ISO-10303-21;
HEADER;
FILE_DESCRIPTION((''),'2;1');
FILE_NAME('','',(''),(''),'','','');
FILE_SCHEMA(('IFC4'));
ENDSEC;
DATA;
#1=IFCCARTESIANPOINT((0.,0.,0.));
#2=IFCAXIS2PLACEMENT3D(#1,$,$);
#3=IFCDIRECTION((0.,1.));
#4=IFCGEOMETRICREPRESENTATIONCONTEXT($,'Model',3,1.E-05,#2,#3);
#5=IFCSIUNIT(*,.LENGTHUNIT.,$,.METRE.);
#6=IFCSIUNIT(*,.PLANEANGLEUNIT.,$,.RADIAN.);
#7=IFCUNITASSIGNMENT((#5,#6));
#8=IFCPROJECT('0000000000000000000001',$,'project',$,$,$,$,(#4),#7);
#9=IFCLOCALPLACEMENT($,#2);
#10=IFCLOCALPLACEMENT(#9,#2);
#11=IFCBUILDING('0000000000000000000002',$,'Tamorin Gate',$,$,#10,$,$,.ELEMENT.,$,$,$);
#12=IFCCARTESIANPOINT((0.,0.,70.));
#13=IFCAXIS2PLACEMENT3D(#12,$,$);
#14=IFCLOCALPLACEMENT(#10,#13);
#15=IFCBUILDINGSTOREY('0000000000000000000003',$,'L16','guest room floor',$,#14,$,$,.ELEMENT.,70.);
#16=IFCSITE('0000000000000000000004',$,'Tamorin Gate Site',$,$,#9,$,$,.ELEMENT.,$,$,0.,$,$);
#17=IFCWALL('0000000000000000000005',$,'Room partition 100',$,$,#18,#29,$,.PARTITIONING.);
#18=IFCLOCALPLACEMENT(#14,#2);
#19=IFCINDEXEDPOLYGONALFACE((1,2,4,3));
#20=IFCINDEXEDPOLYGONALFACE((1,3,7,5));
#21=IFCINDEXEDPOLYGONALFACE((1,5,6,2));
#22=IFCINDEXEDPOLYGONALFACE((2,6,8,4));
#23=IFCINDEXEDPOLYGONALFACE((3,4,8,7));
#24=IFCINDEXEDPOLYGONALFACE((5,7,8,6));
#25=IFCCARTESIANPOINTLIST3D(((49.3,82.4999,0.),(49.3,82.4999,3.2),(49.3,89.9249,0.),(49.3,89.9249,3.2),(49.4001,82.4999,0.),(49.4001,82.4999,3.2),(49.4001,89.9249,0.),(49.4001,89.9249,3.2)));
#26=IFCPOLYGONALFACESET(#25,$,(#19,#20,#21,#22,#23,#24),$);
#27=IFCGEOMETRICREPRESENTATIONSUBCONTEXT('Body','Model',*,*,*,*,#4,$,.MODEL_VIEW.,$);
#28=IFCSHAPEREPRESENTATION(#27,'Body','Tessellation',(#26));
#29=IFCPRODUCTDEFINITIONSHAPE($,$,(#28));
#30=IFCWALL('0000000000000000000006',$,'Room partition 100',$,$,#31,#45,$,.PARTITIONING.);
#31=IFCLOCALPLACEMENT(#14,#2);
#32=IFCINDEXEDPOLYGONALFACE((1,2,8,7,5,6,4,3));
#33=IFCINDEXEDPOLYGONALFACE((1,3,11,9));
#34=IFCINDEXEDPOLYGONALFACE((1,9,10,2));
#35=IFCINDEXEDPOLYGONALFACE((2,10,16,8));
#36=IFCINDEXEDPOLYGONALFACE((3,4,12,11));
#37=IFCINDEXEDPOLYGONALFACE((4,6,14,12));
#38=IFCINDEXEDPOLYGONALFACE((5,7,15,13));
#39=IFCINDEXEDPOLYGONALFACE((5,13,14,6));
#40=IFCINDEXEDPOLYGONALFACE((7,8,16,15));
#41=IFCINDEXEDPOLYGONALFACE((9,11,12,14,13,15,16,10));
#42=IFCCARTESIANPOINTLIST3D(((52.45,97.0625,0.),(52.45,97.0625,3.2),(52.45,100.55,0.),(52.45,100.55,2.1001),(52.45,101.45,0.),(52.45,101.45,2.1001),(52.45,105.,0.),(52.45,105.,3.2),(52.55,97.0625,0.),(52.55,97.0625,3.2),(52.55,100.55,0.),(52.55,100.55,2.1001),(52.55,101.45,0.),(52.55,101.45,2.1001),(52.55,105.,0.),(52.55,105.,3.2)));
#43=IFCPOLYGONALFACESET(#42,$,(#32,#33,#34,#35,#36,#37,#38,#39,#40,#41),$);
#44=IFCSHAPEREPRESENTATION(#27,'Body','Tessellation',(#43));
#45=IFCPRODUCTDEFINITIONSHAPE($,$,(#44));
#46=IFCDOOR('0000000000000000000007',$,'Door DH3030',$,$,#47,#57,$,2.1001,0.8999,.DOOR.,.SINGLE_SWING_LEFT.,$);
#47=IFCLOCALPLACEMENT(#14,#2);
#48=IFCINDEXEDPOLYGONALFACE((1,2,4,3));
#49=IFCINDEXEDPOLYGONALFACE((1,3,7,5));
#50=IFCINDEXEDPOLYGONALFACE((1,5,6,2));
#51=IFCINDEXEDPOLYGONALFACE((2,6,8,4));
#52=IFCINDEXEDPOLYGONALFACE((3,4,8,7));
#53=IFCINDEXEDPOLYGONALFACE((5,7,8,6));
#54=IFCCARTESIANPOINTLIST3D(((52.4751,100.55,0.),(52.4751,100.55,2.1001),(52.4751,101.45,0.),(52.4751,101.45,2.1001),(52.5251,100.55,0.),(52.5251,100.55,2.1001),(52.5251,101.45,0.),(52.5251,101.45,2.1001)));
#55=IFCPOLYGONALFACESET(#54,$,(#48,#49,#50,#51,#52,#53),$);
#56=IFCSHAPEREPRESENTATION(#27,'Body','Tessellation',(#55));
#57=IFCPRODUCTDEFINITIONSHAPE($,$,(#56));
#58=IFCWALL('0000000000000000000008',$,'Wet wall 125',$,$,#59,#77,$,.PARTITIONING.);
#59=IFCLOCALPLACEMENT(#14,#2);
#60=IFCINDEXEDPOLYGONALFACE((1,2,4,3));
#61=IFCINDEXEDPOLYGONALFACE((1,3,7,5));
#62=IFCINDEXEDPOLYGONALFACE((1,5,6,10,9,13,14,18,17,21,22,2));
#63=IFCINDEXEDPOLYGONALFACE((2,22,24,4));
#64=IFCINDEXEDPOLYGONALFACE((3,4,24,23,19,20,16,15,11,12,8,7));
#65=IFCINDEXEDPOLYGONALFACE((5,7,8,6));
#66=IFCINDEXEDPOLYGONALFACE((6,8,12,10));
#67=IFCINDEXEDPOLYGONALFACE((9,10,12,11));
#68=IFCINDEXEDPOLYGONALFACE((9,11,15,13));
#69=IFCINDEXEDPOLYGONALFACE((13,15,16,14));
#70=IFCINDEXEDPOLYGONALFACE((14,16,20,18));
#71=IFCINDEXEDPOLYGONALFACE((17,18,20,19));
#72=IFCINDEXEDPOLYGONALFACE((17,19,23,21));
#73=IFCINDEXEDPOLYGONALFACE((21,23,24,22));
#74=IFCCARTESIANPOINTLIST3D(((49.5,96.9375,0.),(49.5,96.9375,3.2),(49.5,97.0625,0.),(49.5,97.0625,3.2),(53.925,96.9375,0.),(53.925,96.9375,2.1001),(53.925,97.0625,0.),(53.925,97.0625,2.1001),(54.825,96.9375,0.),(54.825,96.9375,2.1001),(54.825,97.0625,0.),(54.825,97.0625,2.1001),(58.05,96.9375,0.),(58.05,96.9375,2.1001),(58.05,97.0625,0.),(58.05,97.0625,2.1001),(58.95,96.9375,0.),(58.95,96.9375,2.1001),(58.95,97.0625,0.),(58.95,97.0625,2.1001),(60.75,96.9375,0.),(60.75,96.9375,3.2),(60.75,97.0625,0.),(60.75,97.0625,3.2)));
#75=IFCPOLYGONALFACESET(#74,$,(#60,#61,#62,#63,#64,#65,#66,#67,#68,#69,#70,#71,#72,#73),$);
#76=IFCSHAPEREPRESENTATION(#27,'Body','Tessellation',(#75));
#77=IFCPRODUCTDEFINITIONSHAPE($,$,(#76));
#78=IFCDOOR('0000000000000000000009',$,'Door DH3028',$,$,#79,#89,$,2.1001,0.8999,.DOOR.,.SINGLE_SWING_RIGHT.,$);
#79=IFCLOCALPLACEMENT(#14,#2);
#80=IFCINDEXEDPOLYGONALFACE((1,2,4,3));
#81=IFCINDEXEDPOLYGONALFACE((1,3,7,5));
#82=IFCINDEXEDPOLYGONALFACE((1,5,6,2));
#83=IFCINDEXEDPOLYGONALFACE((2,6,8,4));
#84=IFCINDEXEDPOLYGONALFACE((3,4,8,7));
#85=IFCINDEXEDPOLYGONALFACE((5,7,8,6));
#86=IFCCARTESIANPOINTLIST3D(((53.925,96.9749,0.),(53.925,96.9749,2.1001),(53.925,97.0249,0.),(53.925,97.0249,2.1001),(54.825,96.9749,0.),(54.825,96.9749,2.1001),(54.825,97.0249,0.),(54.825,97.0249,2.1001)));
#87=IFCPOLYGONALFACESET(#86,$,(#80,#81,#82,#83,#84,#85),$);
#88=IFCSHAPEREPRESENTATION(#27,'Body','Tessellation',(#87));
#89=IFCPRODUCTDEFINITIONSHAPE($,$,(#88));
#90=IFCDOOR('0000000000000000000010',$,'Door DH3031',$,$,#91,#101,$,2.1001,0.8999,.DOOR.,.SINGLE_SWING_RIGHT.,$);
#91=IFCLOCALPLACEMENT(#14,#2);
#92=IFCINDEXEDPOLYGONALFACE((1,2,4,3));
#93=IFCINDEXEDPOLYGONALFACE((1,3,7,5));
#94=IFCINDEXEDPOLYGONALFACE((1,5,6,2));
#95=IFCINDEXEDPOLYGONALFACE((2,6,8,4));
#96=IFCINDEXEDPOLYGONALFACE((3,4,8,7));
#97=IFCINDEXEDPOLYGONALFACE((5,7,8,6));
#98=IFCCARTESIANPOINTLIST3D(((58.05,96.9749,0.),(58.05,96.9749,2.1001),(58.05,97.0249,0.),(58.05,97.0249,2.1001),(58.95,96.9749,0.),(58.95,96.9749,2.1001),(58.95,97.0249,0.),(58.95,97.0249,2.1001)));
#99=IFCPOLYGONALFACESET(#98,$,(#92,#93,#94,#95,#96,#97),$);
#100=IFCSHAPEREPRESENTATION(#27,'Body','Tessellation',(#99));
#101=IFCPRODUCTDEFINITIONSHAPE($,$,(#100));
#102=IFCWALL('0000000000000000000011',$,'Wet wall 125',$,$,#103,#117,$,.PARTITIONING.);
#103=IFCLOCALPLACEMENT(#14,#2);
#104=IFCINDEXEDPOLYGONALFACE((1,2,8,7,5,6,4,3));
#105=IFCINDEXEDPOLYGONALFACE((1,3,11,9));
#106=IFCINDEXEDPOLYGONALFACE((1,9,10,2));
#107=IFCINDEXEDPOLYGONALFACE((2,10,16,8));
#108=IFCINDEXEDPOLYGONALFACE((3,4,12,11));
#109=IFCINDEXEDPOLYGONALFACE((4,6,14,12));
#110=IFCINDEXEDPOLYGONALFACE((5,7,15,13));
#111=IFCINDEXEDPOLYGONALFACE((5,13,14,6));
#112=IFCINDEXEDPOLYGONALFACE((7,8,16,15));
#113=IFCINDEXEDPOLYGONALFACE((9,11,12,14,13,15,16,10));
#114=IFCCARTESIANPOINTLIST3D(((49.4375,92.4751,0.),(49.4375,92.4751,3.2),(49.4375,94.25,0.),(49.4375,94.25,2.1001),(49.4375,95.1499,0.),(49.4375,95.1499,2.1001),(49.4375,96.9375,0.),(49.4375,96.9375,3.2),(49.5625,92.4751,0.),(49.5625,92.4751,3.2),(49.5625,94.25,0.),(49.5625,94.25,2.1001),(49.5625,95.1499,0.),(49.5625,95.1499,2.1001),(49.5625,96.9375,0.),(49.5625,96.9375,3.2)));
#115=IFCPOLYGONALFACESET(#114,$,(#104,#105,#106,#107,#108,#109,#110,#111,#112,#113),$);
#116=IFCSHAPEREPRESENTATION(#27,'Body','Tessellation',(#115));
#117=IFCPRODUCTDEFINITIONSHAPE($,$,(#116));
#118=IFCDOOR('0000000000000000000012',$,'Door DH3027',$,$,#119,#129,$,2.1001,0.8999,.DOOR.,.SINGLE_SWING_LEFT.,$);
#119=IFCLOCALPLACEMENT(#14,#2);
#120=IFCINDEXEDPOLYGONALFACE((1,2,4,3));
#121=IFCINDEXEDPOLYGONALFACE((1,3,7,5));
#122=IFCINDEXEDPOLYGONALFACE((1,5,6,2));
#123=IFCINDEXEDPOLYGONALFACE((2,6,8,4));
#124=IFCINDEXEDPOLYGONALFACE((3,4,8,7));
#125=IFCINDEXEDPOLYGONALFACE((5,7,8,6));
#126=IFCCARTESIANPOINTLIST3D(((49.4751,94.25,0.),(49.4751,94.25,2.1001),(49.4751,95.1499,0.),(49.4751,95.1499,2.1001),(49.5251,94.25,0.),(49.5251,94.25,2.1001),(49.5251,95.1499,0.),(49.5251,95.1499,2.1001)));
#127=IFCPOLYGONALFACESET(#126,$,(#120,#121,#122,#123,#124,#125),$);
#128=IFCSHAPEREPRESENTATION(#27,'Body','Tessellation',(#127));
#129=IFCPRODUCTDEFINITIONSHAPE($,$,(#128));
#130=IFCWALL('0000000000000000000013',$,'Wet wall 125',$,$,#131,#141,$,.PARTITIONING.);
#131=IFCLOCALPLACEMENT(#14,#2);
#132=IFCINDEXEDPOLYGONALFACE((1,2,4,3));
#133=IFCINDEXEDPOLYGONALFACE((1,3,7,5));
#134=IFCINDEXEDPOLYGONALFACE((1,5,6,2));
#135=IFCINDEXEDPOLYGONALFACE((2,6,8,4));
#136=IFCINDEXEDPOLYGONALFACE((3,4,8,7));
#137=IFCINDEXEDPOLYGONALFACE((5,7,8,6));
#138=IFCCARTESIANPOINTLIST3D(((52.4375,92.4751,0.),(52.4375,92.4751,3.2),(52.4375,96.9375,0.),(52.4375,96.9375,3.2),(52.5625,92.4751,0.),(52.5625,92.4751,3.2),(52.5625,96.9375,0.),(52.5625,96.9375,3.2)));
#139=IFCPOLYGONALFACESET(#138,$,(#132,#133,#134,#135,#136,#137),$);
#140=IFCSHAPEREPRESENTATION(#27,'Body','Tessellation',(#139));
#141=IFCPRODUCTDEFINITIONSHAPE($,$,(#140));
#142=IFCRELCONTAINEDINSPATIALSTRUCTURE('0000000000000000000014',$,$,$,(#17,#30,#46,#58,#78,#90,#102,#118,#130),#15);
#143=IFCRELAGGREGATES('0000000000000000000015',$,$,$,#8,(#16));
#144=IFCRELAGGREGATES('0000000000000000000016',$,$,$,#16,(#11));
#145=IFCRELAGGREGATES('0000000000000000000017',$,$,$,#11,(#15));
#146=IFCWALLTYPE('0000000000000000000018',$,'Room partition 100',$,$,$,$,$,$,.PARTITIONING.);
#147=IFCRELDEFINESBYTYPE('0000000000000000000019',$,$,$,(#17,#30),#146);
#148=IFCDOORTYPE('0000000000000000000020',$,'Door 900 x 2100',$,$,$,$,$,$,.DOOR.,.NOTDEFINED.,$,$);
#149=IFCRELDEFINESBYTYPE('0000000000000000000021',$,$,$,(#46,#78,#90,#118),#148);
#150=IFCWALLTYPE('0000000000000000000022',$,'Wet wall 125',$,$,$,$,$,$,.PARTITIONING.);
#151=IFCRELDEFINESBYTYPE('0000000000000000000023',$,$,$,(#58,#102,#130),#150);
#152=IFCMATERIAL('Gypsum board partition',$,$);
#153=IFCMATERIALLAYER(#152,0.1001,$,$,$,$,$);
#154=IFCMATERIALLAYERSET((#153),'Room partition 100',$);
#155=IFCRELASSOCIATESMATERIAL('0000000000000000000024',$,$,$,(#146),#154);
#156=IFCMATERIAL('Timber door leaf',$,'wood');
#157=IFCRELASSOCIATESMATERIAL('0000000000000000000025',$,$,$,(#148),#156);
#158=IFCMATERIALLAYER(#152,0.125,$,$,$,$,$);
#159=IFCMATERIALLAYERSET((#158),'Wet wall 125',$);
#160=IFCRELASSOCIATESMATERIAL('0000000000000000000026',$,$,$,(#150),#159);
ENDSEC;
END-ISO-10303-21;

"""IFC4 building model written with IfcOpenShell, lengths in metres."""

from ifc_helpers import new_model, si_unit, direction, frame, frame_2d, origin, place, context, subcontext, project, spatial, rectangle, extrude, material, layer, layer_set, type_object, element, fill, save


model = new_model("IFC4")

# Units and contexts
model_context = context("Model", 3, precision=1e-05, world=origin(), true_north=direction((0.0, 1.0)))
body_context = subcontext(model_context, "Body", "Model", "MODEL_VIEW")
ifc_project = project(units=[si_unit("LENGTHUNIT", "METRE"), si_unit("PLANEANGLEUNIT", "RADIAN")], contexts=[model_context])

# Site, building, storey
site_placement = place(None, origin())
site = spatial("IfcSite", under=ifc_project, at=site_placement, Name="Tamorin Gate Site", CompositionType="ELEMENT", RefElevation=0.0)
building_placement = place(site_placement, origin())
building = spatial("IfcBuilding", under=site, at=building_placement, Name="Tamorin Gate", CompositionType="ELEMENT")
storey_placement = place(building_placement, frame((0.0, 0.0, 70.0)))
storey = spatial("IfcBuildingStorey", under=building, at=storey_placement, Name="L16", Description="guest room floor", CompositionType="ELEMENT", Elevation=70.0)

# Wall
ifc_material_1 = material(Name="Gypsum board partition")
ifc_layer_1 = layer(ifc_material_1, 0.1001)
ifc_layer_set_1 = layer_set([ifc_layer_1], Name="Room partition 100")
wall_type_1 = type_object("IfcWallType", Name="Room partition 100", PredefinedType="PARTITIONING", material=ifc_layer_set_1)
wall_1_placement = place(storey_placement, frame((49.3501, 82.5, 0.0), z_axis=(0.0, 0.0, 1.0), x_axis=(0.0, 1.0, 0.0)))
element("IfcWall", 1, at=wall_1_placement, inside=storey, type_object=wall_type_1, Name="Room partition 100", PredefinedType="PARTITIONING", context=body_context, shape_type="SweptSolid", body=[
    extrude(rectangle(XDim=7.425, YDim=0.1001, at=frame_2d((3.7124, 0.0))), origin(), (0.0, 0.0, 1.0), 3.2),
])

# Wall, opening, door
wall_2_placement = place(storey_placement, frame((52.5, 97.0625, 0.0), z_axis=(0.0, 0.0, 1.0), x_axis=(0.0, 1.0, 0.0)))
wall_2 = element("IfcWall", 2, at=wall_2_placement, inside=storey, type_object=wall_type_1, Name="Room partition 100", PredefinedType="PARTITIONING", context=body_context, shape_type="SweptSolid", body=[
    extrude(rectangle(XDim=7.9375, YDim=0.1001, at=frame_2d((3.9688, 0.0))), origin(), (0.0, 0.0, 1.0), 3.2),
])
opening_1_placement = place(wall_2_placement, frame((3.4875, 0.0, 0.0)))
opening_1 = element("IfcOpeningElement", 3, at=opening_1_placement, cuts=wall_2, PredefinedType="OPENING", context=body_context, shape_type="SweptSolid", body=[
    extrude(rectangle(XDim=0.8999, YDim=2.1001, at=frame_2d((0.45, 1.05))), frame((0.0, 0.0601, 0.0), z_axis=(0.0, -1.0, 0.0), x_axis=(1.0, 0.0, 0.0)), (0.0, 0.0, 1.0), 0.1201),
])
ifc_material_2 = material(Name="Timber door leaf", Category="wood")
door_type = type_object("IfcDoorType", Name="Door 900 x 2100", OperationType="NOTDEFINED", PredefinedType="DOOR", material=ifc_material_2)
door_1_placement = place(opening_1_placement, origin())
door_1 = element("IfcDoor", 4, at=door_1_placement, inside=storey, type_object=door_type, Name="Door DH3030", OperationType="SINGLE_SWING_LEFT", OverallHeight=2.1001, OverallWidth=0.8999, PredefinedType="DOOR", context=body_context, shape_type="SweptSolid", body=[
    extrude(rectangle(XDim=0.8999, YDim=2.1001, at=frame_2d((0.45, 1.05))), frame((0.0, 0.0249, 0.0), z_axis=(0.0, -1.0, 0.0), x_axis=(1.0, 0.0, 0.0)), (0.0, 0.0, 1.0), 0.05),
])
fill(opening_1, door_1)

# Wall, openings, doors
ifc_layer_2 = layer(ifc_material_1, 0.125)
ifc_layer_set_2 = layer_set([ifc_layer_2], Name="Wet wall 125")
wall_type_2 = type_object("IfcWallType", Name="Wet wall 125", PredefinedType="PARTITIONING", material=ifc_layer_set_2)
wall_3_placement = place(storey_placement, frame((49.5, 97.0, 0.0), z_axis=(0.0, 0.0, 1.0), x_axis=(1.0, 0.0, 0.0)))
wall_3 = element("IfcWall", 5, at=wall_3_placement, inside=storey, type_object=wall_type_2, Name="Wet wall 125", PredefinedType="PARTITIONING", context=body_context, shape_type="SweptSolid", body=[
    extrude(rectangle(XDim=11.25, YDim=0.125, at=frame_2d((5.625, 0.0))), origin(), (0.0, 0.0, 1.0), 3.2),
])
opening_2_placement = place(wall_3_placement, frame((4.425, 0.0, 0.0)))
opening_2 = element("IfcOpeningElement", 6, at=opening_2_placement, cuts=wall_3, PredefinedType="OPENING", context=body_context, shape_type="SweptSolid", body=[
    extrude(rectangle(XDim=0.8999, YDim=2.1001, at=frame_2d((0.45, 1.05))), frame((0.0, 0.0725, 0.0), z_axis=(0.0, -1.0, 0.0), x_axis=(1.0, 0.0, 0.0)), (0.0, 0.0, 1.0), 0.145),
])
opening_3_placement = place(wall_3_placement, frame((8.55, 0.0, 0.0)))
opening_3 = element("IfcOpeningElement", 7, at=opening_3_placement, cuts=wall_3, PredefinedType="OPENING", context=body_context, shape_type="SweptSolid", body=[
    extrude(rectangle(XDim=0.8999, YDim=2.1001, at=frame_2d((0.45, 1.05))), frame((0.0, 0.0725, 0.0), z_axis=(0.0, -1.0, 0.0), x_axis=(1.0, 0.0, 0.0)), (0.0, 0.0, 1.0), 0.145),
])
door_2_placement = place(opening_2_placement, origin())
door_2 = element("IfcDoor", 8, at=door_2_placement, inside=storey, type_object=door_type, Name="Door DH3028", OperationType="SINGLE_SWING_RIGHT", OverallHeight=2.1001, OverallWidth=0.8999, PredefinedType="DOOR", context=body_context, shape_type="SweptSolid", body=[
    extrude(rectangle(XDim=0.8999, YDim=2.1001, at=frame_2d((0.45, 1.05))), frame((0.0, 0.0249, 0.0), z_axis=(0.0, -1.0, 0.0), x_axis=(1.0, 0.0, 0.0)), (0.0, 0.0, 1.0), 0.05),
])
fill(opening_2, door_2)
door_3_placement = place(opening_3_placement, origin())
door_3 = element("IfcDoor", 9, at=door_3_placement, inside=storey, type_object=door_type, Name="Door DH3031", OperationType="SINGLE_SWING_RIGHT", OverallHeight=2.1001, OverallWidth=0.8999, PredefinedType="DOOR", context=body_context, shape_type="SweptSolid", body=[
    extrude(rectangle(XDim=0.8999, YDim=2.1001, at=frame_2d((0.45, 1.05))), frame((0.0, 0.0249, 0.0), z_axis=(0.0, -1.0, 0.0), x_axis=(1.0, 0.0, 0.0)), (0.0, 0.0, 1.0), 0.05),
])
fill(opening_3, door_3)

# Wall, opening, door
wall_4_placement = place(storey_placement, frame((49.5, 92.4751, 0.0), z_axis=(0.0, 0.0, 1.0), x_axis=(0.0, 1.0, 0.0)))
wall_4 = element("IfcWall", 10, at=wall_4_placement, inside=storey, type_object=wall_type_2, Name="Wet wall 125", PredefinedType="PARTITIONING", context=body_context, shape_type="SweptSolid", body=[
    extrude(rectangle(XDim=4.4624, YDim=0.125, at=frame_2d((2.2312, 0.0))), origin(), (0.0, 0.0, 1.0), 3.2),
])
opening_4_placement = place(wall_4_placement, frame((1.7749, 0.0, 0.0)))
opening_4 = element("IfcOpeningElement", 11, at=opening_4_placement, cuts=wall_4, PredefinedType="OPENING", context=body_context, shape_type="SweptSolid", body=[
    extrude(rectangle(XDim=0.8999, YDim=2.1001, at=frame_2d((0.45, 1.05))), frame((0.0, 0.0725, 0.0), z_axis=(0.0, -1.0, 0.0), x_axis=(1.0, 0.0, 0.0)), (0.0, 0.0, 1.0), 0.145),
])
door_4_placement = place(opening_4_placement, origin())
door_4 = element("IfcDoor", 12, at=door_4_placement, inside=storey, type_object=door_type, Name="Door DH3027", OperationType="SINGLE_SWING_LEFT", OverallHeight=2.1001, OverallWidth=0.8999, PredefinedType="DOOR", context=body_context, shape_type="SweptSolid", body=[
    extrude(rectangle(XDim=0.8999, YDim=2.1001, at=frame_2d((0.45, 1.05))), frame((0.0, 0.0249, 0.0), z_axis=(0.0, -1.0, 0.0), x_axis=(1.0, 0.0, 0.0)), (0.0, 0.0, 1.0), 0.05),
])
fill(opening_4, door_4)

# Wall
wall_5_placement = place(storey_placement, frame((52.5, 92.4751, 0.0), z_axis=(0.0, 0.0, 1.0), x_axis=(0.0, 1.0, 0.0)))
element("IfcWall", 13, at=wall_5_placement, inside=storey, type_object=wall_type_2, Name="Wet wall 125", PredefinedType="PARTITIONING", context=body_context, shape_type="SweptSolid", body=[
    extrude(rectangle(XDim=4.4624, YDim=0.125, at=frame_2d((2.2312, 0.0))), origin(), (0.0, 0.0, 1.0), 3.2),
])

save(model, "model.ifc")
